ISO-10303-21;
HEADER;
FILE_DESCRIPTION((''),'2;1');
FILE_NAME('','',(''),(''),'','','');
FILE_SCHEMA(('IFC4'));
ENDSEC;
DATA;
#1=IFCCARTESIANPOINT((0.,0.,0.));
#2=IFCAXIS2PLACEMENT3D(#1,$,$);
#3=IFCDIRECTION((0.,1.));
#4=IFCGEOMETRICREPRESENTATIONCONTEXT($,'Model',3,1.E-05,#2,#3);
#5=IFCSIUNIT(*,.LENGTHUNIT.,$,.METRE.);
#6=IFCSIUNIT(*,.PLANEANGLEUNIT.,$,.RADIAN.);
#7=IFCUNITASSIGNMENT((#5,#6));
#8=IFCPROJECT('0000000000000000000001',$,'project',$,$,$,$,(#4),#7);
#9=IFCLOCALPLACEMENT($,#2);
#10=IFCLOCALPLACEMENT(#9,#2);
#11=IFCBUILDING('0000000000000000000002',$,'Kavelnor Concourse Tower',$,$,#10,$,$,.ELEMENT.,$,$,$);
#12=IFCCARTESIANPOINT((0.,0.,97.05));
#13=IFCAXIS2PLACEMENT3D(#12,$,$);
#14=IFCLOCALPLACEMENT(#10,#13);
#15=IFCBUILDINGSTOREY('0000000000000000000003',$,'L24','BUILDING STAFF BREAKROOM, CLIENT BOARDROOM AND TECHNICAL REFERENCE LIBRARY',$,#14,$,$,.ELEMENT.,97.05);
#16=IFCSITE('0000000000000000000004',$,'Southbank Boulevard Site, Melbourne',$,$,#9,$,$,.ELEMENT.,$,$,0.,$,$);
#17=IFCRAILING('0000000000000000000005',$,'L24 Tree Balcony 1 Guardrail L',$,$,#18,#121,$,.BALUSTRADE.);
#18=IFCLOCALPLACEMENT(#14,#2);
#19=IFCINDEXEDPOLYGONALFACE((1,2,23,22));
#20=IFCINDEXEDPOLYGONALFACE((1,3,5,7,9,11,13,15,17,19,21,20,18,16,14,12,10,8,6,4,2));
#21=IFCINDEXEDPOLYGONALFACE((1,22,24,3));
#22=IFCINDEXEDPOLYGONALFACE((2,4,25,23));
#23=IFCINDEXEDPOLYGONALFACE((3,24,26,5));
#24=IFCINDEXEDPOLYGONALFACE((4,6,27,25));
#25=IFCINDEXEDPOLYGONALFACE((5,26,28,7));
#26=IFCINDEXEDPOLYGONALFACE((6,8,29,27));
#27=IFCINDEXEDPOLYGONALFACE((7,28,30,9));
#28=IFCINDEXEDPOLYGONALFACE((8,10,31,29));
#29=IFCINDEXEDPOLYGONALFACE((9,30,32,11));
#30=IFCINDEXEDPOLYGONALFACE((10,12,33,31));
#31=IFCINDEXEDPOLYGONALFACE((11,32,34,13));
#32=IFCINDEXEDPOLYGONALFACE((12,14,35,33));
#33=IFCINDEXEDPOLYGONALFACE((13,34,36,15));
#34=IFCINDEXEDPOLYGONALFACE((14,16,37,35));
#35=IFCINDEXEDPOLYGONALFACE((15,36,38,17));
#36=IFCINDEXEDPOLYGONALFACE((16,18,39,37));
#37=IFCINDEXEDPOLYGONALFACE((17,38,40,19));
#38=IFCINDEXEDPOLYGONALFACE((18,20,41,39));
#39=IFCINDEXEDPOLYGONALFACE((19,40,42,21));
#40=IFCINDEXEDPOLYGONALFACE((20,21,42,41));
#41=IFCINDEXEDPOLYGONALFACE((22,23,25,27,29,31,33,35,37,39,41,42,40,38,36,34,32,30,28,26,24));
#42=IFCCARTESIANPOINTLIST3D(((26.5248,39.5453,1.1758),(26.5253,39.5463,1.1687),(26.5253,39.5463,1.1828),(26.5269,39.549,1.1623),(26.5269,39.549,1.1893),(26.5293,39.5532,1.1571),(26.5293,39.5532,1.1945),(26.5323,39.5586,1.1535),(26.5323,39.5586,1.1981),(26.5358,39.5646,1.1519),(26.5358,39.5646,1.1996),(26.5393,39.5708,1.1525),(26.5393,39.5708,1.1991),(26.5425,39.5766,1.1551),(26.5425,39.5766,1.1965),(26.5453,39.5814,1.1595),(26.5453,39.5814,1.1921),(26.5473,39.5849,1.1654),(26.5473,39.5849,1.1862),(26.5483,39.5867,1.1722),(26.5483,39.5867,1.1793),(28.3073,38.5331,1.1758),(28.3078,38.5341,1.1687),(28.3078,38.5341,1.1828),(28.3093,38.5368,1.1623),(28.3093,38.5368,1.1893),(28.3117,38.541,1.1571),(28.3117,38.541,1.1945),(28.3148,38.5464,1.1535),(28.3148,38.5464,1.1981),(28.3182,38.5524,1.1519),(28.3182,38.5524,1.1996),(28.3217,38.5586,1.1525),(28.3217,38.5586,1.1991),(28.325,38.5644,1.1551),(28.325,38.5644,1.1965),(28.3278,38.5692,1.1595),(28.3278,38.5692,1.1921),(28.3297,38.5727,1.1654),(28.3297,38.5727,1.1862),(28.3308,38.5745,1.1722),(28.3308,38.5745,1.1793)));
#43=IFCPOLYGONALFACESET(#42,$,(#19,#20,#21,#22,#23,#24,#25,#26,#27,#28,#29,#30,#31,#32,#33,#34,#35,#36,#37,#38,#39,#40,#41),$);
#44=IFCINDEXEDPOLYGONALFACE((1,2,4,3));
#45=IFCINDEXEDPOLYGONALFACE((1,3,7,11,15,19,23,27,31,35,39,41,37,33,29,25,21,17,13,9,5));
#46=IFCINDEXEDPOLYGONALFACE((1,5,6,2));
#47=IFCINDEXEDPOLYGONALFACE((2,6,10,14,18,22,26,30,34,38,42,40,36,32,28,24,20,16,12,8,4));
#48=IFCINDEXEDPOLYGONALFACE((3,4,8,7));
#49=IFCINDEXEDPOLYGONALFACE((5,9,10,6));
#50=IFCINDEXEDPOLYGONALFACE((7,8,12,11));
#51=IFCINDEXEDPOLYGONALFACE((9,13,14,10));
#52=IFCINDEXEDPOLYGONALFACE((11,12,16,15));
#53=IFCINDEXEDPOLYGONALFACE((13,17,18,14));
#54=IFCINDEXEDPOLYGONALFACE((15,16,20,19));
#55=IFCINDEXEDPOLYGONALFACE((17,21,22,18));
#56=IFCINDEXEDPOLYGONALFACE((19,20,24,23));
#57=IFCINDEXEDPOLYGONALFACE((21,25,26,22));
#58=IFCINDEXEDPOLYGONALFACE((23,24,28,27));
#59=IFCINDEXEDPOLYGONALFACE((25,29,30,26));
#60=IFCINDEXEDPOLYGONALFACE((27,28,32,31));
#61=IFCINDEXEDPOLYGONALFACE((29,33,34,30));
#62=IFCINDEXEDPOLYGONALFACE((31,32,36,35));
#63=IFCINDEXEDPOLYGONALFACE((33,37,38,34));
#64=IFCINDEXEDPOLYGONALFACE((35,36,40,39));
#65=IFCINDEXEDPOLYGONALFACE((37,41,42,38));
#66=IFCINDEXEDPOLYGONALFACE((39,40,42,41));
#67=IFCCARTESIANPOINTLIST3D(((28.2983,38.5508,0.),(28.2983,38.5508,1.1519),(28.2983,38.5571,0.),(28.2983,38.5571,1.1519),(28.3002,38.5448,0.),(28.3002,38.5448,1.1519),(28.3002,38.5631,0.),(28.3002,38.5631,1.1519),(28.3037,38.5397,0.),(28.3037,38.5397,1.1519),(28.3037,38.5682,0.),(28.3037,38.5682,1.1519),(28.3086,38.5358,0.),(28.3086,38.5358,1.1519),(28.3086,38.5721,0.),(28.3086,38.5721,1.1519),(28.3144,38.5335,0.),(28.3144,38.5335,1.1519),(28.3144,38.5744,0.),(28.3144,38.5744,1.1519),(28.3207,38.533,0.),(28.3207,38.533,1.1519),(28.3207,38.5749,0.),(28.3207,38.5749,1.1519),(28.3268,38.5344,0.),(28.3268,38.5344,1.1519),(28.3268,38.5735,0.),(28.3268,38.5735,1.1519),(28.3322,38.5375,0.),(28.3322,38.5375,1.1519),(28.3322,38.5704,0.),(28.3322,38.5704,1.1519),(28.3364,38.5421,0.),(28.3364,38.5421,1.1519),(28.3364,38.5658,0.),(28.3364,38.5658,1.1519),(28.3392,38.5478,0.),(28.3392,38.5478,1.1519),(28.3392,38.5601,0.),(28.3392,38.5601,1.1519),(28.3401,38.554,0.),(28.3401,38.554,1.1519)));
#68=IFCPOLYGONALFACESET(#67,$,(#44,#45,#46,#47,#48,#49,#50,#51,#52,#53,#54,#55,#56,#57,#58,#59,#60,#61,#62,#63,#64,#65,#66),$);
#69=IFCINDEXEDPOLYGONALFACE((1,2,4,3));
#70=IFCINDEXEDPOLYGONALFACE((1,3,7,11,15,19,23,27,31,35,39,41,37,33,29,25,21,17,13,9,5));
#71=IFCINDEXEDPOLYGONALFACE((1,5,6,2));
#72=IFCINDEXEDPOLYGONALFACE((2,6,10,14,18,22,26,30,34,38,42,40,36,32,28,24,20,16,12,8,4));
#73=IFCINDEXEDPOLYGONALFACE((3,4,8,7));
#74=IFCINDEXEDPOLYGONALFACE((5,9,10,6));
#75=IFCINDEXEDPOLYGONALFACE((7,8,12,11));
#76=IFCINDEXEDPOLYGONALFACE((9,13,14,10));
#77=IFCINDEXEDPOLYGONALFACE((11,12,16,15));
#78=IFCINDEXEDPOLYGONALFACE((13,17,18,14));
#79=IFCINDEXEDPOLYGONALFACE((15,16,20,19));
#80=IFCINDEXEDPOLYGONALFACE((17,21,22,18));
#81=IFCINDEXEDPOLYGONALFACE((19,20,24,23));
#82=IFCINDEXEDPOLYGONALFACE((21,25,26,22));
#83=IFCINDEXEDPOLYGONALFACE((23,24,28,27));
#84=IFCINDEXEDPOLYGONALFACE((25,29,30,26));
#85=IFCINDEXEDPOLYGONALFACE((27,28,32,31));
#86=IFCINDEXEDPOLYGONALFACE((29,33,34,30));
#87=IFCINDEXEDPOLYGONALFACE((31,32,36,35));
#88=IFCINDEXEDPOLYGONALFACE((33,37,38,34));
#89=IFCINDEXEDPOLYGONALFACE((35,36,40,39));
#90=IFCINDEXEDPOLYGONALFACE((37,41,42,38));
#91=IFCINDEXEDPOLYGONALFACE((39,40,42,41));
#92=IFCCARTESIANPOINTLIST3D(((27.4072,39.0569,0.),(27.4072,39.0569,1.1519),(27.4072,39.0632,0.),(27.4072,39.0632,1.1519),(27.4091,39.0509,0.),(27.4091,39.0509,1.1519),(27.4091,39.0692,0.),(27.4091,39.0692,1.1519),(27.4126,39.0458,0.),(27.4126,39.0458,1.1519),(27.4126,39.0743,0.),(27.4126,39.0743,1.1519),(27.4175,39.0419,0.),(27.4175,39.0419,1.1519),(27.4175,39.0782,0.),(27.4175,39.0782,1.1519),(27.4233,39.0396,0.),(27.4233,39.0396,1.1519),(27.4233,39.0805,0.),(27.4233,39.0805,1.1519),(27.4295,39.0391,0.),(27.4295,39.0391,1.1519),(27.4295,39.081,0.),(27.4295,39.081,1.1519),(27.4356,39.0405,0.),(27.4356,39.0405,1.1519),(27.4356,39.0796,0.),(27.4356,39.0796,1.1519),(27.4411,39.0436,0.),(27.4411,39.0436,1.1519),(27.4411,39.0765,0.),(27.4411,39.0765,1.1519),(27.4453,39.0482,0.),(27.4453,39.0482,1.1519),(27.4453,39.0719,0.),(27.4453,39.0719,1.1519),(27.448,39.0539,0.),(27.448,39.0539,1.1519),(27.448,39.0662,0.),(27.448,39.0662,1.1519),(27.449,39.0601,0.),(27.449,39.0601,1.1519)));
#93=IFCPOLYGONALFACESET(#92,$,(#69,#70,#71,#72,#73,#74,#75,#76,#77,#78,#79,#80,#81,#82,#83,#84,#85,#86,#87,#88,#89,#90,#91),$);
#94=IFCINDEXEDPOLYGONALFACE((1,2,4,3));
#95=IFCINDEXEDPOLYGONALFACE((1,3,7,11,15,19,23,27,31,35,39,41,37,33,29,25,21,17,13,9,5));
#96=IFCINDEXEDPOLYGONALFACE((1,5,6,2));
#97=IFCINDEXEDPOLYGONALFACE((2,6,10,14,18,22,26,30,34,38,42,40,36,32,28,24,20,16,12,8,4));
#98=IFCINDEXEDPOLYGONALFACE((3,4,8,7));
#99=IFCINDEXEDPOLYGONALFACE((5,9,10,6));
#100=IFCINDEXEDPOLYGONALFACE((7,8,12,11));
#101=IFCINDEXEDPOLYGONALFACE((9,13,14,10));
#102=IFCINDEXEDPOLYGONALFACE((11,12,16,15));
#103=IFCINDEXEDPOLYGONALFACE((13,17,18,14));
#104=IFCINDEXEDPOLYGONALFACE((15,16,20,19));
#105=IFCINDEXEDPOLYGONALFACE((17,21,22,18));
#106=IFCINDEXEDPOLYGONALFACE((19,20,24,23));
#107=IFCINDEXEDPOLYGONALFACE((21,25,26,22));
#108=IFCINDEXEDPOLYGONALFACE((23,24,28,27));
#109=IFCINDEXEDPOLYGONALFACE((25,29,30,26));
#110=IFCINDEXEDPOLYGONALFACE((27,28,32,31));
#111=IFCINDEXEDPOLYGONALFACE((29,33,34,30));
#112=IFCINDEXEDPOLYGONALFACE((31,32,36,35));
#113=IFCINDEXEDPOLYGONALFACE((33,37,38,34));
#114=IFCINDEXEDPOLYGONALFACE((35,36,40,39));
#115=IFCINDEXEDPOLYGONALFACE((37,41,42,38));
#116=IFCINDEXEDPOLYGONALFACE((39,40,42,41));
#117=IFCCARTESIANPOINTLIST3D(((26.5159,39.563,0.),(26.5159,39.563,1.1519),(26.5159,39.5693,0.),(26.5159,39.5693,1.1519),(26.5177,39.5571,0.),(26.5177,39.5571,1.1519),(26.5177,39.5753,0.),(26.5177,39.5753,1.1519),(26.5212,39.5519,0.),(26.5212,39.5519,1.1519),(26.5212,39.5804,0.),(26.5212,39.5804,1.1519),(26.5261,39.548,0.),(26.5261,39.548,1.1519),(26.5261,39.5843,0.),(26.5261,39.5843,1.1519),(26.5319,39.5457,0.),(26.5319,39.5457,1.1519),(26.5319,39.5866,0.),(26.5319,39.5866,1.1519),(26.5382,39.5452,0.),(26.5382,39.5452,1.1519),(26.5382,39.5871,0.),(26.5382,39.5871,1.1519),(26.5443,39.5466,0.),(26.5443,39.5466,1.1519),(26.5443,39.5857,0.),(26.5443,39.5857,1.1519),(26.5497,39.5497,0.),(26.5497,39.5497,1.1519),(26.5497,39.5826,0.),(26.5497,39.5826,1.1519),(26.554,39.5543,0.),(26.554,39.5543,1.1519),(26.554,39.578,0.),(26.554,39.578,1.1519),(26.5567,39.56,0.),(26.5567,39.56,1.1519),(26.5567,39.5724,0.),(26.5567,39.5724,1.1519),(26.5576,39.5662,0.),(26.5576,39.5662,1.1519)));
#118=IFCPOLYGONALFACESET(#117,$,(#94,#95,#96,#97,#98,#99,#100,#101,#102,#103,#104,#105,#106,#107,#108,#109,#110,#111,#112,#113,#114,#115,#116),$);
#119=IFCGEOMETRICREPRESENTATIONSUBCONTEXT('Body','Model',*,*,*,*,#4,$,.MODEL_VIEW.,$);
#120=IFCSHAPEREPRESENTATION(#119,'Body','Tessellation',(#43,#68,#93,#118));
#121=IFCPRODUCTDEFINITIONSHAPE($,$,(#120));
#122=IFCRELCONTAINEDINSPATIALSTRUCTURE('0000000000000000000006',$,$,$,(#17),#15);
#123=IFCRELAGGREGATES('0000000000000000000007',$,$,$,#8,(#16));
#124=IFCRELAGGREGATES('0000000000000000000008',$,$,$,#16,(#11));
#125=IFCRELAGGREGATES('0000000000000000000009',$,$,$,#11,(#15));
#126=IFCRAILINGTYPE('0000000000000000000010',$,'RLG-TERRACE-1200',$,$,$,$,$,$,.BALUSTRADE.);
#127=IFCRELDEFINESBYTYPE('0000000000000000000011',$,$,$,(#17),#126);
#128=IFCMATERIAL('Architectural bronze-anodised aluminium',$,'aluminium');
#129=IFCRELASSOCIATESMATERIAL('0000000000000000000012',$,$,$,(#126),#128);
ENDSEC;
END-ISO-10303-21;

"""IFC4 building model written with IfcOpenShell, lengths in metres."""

from ifc_helpers import new_model, si_unit, direction, frame, origin, origin_2d, place, context, subcontext, project, spatial, circle, extrude, material, type_object, element, save


model = new_model("IFC4")

# Units and contexts
model_context = context("Model", 3, precision=1e-05, world=origin(), true_north=direction((0.0, 1.0)))
body_context = subcontext(model_context, "Body", "Model", "MODEL_VIEW")
ifc_project = project(units=[si_unit("LENGTHUNIT", "METRE"), si_unit("PLANEANGLEUNIT", "RADIAN")], contexts=[model_context])

# Site, building, storey
site_placement = place(None, origin())
site = spatial("IfcSite", under=ifc_project, at=site_placement, Name="Southbank Boulevard Site, Melbourne", CompositionType="ELEMENT", RefElevation=0.0)
building_placement = place(site_placement, origin())
building = spatial("IfcBuilding", under=site, at=building_placement, Name="Kavelnor Concourse Tower", CompositionType="ELEMENT")
storey_placement = place(building_placement, frame((0.0, 0.0, 97.05)))
storey = spatial("IfcBuildingStorey", under=building, at=storey_placement, Name="L24", Description="BUILDING STAFF BREAKROOM, CLIENT BOARDROOM AND TECHNICAL REFERENCE LIBRARY", CompositionType="ELEMENT", Elevation=97.05)

# Railing
ifc_material_1 = material(Name="Architectural bronze-anodised aluminium", Category="aluminium")
railing_type = type_object("IfcRailingType", Name="RLG-TERRACE-1200", PredefinedType="BALUSTRADE", material=ifc_material_1)
railing_1_placement = place(storey_placement, frame((28.3191, 38.554, 0.0)))
element("IfcRailing", 1, at=railing_1_placement, inside=storey, type_object=railing_type, Name="L24 Tree Balcony 1 Guardrail L", PredefinedType="BALUSTRADE", context=body_context, shape_type="SweptSolid", body=[
    extrude(circle(Radius=0.0239, at=origin_2d()), frame((0.0, 0.0, 1.1758), z_axis=(-0.869574, 0.493803, 0.0), x_axis=(-0.493803, -0.869574, 0.0)), (0.0, 0.0, 1.0), 2.0498),
    extrude(circle(Radius=0.021, at=origin_2d()), origin(), (0.0, 0.0, 1.0), 1.1519),
    extrude(circle(Radius=0.021, at=origin_2d()), frame((-0.8911, 0.5061, 0.0)), (0.0, 0.0, 1.0), 1.1519),
    extrude(circle(Radius=0.021, at=origin_2d()), frame((-1.7825, 1.0122, 0.0)), (0.0, 0.0, 1.0), 1.1519),
])

save(model, "model.ifc")
